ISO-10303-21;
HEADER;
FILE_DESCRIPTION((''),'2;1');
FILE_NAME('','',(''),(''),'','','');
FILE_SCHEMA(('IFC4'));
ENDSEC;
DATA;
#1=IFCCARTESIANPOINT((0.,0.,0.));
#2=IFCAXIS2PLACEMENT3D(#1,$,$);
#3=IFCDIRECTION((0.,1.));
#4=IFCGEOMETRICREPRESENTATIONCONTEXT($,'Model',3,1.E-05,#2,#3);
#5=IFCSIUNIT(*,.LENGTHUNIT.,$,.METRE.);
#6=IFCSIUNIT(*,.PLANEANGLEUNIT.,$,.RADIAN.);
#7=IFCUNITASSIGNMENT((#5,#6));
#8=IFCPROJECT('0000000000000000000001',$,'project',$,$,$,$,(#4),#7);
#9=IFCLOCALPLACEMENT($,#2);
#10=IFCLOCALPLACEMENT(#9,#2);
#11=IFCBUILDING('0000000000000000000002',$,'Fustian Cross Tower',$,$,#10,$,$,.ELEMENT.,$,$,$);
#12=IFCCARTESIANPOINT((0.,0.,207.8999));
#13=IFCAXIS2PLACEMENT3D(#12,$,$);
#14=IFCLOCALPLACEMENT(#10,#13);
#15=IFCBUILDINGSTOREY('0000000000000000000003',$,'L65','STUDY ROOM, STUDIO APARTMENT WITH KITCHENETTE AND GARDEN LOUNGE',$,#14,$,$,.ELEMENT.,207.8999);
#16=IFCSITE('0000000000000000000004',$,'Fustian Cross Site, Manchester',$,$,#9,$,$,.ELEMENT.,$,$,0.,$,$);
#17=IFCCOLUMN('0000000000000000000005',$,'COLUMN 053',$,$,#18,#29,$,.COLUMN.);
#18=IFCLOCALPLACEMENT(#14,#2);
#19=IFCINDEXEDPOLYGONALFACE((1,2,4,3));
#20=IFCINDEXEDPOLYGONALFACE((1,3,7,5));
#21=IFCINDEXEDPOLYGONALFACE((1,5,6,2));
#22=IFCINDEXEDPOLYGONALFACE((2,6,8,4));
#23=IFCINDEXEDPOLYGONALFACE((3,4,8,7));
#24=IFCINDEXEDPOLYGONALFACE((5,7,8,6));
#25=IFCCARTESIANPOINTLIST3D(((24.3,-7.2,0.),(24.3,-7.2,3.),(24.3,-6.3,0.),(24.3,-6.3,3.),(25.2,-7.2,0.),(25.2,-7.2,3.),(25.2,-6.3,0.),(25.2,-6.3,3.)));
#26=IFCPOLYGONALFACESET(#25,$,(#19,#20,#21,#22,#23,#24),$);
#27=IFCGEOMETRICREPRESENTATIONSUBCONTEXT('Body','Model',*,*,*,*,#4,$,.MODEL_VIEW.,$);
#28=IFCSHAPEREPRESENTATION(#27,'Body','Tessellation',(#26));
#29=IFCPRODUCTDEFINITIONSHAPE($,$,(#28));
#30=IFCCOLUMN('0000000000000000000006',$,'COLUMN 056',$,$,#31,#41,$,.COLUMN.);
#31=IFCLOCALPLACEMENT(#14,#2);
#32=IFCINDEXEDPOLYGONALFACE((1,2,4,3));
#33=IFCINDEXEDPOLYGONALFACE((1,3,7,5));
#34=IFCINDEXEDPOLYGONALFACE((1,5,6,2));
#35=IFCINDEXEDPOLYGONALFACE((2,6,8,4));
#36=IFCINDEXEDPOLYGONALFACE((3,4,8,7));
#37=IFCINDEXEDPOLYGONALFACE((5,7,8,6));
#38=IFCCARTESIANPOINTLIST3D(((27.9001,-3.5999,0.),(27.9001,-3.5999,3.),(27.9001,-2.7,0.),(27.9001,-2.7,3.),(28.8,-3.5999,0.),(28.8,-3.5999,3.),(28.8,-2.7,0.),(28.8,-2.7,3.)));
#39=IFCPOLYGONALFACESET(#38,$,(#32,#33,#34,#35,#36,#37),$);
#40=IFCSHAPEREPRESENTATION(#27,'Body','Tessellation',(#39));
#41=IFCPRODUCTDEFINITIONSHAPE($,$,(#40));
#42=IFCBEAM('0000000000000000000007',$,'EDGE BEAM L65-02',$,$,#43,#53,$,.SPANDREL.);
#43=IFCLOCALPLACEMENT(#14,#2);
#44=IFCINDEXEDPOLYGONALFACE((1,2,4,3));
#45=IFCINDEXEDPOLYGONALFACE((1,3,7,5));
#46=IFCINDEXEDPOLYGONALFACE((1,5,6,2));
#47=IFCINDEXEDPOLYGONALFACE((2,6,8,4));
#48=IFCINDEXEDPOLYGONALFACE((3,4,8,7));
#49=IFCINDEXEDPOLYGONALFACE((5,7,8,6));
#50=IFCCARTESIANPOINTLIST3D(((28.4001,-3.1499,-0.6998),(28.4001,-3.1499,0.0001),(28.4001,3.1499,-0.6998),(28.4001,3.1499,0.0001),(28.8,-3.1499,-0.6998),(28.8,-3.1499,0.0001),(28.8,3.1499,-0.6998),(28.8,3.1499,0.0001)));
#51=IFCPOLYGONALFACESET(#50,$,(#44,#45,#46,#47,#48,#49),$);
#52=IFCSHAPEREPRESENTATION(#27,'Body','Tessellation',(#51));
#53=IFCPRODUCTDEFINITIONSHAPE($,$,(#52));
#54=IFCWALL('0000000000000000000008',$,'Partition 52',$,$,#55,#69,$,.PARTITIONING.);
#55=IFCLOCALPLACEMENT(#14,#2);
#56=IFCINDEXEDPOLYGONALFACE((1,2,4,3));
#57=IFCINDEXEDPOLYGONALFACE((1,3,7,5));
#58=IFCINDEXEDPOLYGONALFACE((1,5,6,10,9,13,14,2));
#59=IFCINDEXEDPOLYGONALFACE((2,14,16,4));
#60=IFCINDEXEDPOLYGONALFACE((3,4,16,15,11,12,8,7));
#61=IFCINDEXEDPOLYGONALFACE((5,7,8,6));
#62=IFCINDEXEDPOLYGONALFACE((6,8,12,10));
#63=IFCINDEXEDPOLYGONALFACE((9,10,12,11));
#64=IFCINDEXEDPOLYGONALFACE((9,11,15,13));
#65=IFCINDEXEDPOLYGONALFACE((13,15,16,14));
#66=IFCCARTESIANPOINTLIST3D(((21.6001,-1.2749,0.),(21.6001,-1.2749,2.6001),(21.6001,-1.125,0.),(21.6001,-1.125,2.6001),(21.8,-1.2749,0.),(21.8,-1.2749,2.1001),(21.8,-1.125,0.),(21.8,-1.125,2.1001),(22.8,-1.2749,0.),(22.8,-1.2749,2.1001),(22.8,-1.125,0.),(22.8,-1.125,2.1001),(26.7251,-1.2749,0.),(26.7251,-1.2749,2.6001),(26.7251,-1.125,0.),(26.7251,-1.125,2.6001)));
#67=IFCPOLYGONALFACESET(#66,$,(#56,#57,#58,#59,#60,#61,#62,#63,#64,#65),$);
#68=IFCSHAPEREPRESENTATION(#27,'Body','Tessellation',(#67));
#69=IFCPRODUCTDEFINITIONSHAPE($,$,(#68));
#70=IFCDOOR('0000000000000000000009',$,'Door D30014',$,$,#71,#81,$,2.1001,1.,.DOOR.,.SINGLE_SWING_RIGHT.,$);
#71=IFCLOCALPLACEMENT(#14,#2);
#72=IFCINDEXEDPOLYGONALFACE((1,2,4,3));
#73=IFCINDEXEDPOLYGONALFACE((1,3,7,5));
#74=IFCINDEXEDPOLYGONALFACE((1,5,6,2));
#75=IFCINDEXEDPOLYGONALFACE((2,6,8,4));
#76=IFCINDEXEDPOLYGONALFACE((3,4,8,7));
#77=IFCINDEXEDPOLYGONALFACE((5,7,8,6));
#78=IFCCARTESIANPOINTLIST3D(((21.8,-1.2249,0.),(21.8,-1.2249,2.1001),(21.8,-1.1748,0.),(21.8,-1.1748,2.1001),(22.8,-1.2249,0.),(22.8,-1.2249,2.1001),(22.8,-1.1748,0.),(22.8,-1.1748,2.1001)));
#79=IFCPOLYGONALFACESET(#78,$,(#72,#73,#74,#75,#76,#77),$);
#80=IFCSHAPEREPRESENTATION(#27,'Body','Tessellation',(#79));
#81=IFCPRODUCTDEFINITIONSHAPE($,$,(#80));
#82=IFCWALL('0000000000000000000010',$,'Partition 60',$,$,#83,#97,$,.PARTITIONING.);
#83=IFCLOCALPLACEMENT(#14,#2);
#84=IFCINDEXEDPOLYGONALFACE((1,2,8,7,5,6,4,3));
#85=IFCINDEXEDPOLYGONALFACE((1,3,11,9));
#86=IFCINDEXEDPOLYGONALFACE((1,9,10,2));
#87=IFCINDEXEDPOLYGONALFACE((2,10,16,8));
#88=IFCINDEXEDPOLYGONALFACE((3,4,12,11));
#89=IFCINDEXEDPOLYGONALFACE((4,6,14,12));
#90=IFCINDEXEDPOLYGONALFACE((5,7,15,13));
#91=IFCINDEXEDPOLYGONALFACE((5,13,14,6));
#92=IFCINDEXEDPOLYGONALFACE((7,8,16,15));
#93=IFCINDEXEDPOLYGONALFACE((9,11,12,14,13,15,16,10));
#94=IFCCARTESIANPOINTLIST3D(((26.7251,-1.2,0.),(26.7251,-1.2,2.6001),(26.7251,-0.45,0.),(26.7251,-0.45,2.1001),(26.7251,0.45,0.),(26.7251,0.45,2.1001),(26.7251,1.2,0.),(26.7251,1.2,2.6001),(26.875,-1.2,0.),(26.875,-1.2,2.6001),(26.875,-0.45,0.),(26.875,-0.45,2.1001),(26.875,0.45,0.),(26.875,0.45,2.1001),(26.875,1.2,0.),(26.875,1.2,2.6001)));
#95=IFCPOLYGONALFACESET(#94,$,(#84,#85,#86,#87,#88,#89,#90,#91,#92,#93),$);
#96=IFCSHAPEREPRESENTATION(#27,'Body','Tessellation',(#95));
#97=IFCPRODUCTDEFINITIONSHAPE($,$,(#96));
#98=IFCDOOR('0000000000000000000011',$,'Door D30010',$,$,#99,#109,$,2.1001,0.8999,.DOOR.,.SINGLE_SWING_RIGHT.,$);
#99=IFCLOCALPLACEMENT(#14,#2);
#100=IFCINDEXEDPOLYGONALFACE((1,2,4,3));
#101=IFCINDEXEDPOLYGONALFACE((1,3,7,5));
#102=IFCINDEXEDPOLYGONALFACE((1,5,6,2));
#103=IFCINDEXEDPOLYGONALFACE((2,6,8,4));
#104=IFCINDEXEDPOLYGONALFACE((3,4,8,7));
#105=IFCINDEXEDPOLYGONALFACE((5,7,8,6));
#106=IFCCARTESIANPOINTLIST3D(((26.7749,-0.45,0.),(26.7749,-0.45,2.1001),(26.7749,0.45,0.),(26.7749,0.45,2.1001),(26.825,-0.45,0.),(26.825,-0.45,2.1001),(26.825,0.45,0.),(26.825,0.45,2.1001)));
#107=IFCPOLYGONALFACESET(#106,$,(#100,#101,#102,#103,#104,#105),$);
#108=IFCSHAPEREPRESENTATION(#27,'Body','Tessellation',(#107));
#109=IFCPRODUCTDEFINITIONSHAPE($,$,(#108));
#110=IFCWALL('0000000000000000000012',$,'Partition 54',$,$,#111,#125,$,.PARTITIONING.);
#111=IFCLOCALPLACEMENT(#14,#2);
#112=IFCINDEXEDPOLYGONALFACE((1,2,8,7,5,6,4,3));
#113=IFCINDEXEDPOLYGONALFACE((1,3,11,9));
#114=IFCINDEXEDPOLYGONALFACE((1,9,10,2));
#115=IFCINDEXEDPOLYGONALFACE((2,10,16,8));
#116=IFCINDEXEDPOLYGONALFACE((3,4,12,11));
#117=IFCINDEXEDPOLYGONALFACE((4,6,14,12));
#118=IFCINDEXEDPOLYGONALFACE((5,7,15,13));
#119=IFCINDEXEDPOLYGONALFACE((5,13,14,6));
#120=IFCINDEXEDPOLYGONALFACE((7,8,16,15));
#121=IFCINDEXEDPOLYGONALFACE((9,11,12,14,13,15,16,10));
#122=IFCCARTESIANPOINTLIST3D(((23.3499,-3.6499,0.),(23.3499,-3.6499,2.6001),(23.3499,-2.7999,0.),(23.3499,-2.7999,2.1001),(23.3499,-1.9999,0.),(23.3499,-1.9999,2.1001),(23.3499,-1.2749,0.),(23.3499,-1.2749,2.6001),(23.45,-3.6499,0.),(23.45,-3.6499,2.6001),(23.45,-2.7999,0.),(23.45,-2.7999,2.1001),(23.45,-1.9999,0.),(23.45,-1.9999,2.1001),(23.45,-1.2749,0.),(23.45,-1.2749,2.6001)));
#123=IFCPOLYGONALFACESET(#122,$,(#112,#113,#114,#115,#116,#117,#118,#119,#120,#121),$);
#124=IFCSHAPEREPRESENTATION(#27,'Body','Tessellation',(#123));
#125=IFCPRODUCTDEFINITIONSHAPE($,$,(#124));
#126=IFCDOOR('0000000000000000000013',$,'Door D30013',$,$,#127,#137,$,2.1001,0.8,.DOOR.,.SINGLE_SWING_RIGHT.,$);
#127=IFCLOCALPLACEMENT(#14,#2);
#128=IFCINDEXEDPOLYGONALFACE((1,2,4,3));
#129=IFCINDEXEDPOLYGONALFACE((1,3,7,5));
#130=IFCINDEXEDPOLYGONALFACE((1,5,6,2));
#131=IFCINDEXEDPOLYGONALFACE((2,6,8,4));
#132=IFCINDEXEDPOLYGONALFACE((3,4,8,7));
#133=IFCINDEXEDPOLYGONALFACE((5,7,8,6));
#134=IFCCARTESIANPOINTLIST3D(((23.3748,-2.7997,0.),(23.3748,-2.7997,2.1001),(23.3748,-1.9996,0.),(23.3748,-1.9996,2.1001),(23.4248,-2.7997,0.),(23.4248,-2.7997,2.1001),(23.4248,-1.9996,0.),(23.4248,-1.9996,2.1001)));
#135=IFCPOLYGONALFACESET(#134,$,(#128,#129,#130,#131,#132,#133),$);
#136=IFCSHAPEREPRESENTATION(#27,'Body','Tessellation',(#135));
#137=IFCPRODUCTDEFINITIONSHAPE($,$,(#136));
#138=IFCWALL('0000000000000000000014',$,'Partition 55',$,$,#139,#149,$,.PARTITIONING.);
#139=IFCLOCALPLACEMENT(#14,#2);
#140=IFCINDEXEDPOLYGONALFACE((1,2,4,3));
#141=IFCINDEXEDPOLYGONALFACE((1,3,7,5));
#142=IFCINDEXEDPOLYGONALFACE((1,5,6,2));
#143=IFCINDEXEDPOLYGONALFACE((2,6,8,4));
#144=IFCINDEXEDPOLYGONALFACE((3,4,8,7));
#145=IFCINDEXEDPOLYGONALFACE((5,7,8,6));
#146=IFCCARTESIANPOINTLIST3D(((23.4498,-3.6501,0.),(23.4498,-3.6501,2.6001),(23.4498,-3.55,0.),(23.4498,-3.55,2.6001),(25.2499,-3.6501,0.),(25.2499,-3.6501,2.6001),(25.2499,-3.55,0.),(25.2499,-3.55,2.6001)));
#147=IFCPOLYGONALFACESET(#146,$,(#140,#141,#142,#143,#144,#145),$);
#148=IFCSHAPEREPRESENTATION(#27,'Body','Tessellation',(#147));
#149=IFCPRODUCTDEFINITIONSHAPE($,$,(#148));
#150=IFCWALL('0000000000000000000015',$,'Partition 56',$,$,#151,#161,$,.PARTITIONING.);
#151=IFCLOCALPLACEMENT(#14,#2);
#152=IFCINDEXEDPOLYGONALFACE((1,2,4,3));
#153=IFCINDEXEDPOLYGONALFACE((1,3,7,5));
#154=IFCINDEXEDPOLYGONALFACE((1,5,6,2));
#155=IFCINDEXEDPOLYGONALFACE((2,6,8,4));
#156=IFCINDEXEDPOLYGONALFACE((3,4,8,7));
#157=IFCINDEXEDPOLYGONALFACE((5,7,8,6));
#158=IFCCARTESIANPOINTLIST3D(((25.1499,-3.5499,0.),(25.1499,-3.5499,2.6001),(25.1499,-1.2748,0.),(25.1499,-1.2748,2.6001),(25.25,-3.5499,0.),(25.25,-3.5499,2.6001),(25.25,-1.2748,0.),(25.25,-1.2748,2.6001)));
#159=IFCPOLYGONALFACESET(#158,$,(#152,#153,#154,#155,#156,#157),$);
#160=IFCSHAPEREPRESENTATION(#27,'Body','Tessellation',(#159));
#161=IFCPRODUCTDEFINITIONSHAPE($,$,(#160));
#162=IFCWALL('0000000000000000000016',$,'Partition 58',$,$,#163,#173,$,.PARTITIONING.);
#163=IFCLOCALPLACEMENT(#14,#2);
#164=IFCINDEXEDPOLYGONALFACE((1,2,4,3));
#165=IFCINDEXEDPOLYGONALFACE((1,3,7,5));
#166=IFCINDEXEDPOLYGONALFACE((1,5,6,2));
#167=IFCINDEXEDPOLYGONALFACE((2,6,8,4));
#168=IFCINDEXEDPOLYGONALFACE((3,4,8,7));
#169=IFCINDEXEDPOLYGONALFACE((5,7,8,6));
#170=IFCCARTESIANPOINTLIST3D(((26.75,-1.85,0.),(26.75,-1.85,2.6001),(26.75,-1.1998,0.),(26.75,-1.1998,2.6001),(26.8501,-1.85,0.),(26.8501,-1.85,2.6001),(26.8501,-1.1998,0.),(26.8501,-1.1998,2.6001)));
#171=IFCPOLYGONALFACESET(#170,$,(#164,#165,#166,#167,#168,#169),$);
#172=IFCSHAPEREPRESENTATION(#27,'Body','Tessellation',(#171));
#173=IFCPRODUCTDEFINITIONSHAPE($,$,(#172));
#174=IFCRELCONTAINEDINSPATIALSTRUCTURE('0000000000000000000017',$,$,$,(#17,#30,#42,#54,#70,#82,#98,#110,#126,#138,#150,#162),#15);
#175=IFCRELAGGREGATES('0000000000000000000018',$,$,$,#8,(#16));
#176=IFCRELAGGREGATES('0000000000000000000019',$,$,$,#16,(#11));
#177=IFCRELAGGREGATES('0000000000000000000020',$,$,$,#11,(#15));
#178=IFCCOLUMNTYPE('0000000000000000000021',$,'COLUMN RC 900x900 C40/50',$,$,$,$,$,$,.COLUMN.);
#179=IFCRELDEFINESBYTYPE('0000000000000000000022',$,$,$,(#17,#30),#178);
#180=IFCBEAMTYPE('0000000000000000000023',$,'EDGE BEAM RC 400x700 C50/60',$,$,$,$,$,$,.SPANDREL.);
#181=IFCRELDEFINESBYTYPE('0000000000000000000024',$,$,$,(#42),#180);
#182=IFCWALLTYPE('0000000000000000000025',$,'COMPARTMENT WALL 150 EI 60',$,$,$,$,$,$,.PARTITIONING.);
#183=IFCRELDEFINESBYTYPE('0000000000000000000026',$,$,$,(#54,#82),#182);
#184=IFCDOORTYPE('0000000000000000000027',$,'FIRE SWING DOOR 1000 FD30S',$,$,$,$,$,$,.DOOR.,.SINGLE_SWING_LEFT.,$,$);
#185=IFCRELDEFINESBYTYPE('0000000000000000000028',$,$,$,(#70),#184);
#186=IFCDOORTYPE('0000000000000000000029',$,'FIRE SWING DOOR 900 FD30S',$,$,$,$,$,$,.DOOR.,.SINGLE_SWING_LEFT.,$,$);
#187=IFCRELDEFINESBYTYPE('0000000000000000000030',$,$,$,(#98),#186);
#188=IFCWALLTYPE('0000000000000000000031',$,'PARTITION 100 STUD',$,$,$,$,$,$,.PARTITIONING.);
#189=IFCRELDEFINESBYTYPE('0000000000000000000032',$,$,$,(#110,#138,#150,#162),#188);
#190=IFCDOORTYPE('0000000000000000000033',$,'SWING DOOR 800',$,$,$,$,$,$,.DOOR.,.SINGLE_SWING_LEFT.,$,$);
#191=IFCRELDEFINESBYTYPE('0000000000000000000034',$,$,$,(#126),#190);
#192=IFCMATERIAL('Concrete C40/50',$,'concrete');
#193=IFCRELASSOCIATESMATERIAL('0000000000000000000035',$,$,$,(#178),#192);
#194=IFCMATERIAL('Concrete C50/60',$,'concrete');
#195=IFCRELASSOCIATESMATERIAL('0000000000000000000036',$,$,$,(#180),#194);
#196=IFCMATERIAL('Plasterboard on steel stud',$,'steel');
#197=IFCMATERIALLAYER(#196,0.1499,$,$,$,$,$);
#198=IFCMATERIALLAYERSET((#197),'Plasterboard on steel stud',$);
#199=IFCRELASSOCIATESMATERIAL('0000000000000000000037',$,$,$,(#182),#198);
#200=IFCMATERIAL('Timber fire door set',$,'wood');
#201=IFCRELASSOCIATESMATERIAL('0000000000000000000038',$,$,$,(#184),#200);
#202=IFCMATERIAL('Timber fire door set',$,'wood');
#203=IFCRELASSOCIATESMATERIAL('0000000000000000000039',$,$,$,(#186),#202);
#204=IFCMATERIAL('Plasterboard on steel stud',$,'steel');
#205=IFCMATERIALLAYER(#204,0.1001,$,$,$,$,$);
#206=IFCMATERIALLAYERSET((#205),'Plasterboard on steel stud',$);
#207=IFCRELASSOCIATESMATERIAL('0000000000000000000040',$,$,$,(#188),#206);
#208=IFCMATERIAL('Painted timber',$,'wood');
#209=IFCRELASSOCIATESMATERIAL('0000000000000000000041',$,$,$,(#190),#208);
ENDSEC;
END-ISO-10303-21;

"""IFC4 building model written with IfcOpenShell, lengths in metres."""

from ifc_helpers import new_model, si_unit, direction, frame, frame_2d, origin, origin_2d, place, context, subcontext, project, spatial, rectangle, extrude, material, layer, layer_set, material_profile, profile_set, type_object, element, fill, save


model = new_model("IFC4")

# Units and contexts
model_context = context("Model", 3, precision=1e-05, world=origin(), true_north=direction((0.0, 1.0)))
body_context = subcontext(model_context, "Body", "Model", "MODEL_VIEW")
ifc_project = project(units=[si_unit("LENGTHUNIT", "METRE"), si_unit("PLANEANGLEUNIT", "RADIAN")], contexts=[model_context])

# Site, building, storey
site_placement = place(None, origin())
site = spatial("IfcSite", under=ifc_project, at=site_placement, Name="Fustian Cross Site, Manchester", CompositionType="ELEMENT", RefElevation=0.0)
building_placement = place(site_placement, origin())
building = spatial("IfcBuilding", under=site, at=building_placement, Name="Fustian Cross Tower", CompositionType="ELEMENT")
storey_placement = place(building_placement, frame((0.0, 0.0, 207.8999)))
storey = spatial("IfcBuildingStorey", under=building, at=storey_placement, Name="L65", Description="STUDY ROOM, STUDIO APARTMENT WITH KITCHENETTE AND GARDEN LOUNGE", CompositionType="ELEMENT", Elevation=207.8999)

# Columns
ifc_material_1 = material(Name="Concrete C40/50", Category="concrete")
ifc_material_profile_1 = material_profile(ifc_material_1, rectangle(XDim=0.8999, YDim=0.8999, at=origin_2d()), Name="RC 900x900")
ifc_profile_set_1 = profile_set([ifc_material_profile_1], Name="Concrete C40/50")
column_type = type_object("IfcColumnType", Name="COLUMN RC 900x900 C40/50", PredefinedType="COLUMN", material=ifc_profile_set_1)
for number, where, z_axis, x_axis, name in (
    (1, (24.75, -6.75, 0.0), (0.0, 0.0, 1.0), (1.0, 0.0, 0.0), "COLUMN 053"),
    (2, (28.3501, -3.1499, 0.0), (0.0, 0.0, 1.0), (1.0, 0.0, 0.0), "COLUMN 056"),
):
    element("IfcColumn", number, at=place(storey_placement, frame(where, z_axis=z_axis, x_axis=x_axis)), inside=storey, type_object=column_type, Name=name, PredefinedType="COLUMN", context=body_context, shape_type="SweptSolid", body=[
        extrude(rectangle(XDim=0.8999, YDim=0.8999, at=origin_2d()), origin(), (0.0, 0.0, 1.0), 3.0),
    ])

# Beam
ifc_material_2 = material(Name="Concrete C50/60", Category="concrete")
ifc_material_profile_2 = material_profile(ifc_material_2, rectangle(XDim=0.3999, YDim=0.7, at=origin_2d()), Name="RC 400x700")
ifc_profile_set_2 = profile_set([ifc_material_profile_2], Name="Concrete C50/60")
beam_type = type_object("IfcBeamType", Name="EDGE BEAM RC 400x700 C50/60", PredefinedType="SPANDREL", material=ifc_profile_set_2)
beam_placement = place(storey_placement, frame((28.6001, -3.1499, -0.3499), z_axis=(0.0, 1.0, 0.0), x_axis=(-1.0, 0.0, 0.0)))
element("IfcBeam", 3, at=beam_placement, inside=storey, type_object=beam_type, Name="EDGE BEAM L65-02", PredefinedType="SPANDREL", context=body_context, shape_type="SweptSolid", body=[
    extrude(rectangle(XDim=0.3999, YDim=0.7, at=origin_2d()), origin(), (0.0, 0.0, 1.0), 6.2998),
])

# Walls, openings, doors
ifc_material_3 = material(Name="Plasterboard on steel stud", Category="steel")
ifc_layer_1 = layer(ifc_material_3, 0.1499)
ifc_layer_set_1 = layer_set([ifc_layer_1], Name="Plasterboard on steel stud")
wall_type_1 = type_object("IfcWallType", Name="COMPARTMENT WALL 150 EI 60", PredefinedType="PARTITIONING", material=ifc_layer_set_1)
wall_1_placement = place(storey_placement, frame((21.6001, -1.2, 0.0), z_axis=(0.0, 0.0, 1.0), x_axis=(1.0, 0.0, 0.0)))
wall_1 = element("IfcWall", 4, at=wall_1_placement, inside=storey, type_object=wall_type_1, Name="Partition 52", PredefinedType="PARTITIONING", context=body_context, shape_type="SweptSolid", body=[
    extrude(rectangle(XDim=5.125, YDim=0.1499, at=frame_2d((2.5625, 0.0))), origin(), (0.0, 0.0, 1.0), 2.6001),
])
opening_1_placement = place(wall_1_placement, frame((0.2, 0.0, 0.0)))
opening_1 = element("IfcOpeningElement", 5, at=opening_1_placement, cuts=wall_1, PredefinedType="OPENING", context=body_context, shape_type="SweptSolid", body=[
    extrude(rectangle(XDim=1.0, YDim=2.1001, at=frame_2d((0.5, 1.05))), frame((0.0, 0.085, 0.0), z_axis=(0.0, -1.0, 0.0), x_axis=(1.0, 0.0, 0.0)), (0.0, 0.0, 1.0), 0.1699),
])
ifc_material_4 = material(Name="Timber fire door set", Category="wood")
door_type_1 = type_object("IfcDoorType", Name="FIRE SWING DOOR 1000 FD30S", OperationType="SINGLE_SWING_LEFT", PredefinedType="DOOR", material=ifc_material_4)
door_1_placement = place(opening_1_placement, frame((1.0, 0.0, 0.0), z_axis=(0.0, 0.0, 1.0), x_axis=(-1.0, 0.0, 0.0)))
door_1 = element("IfcDoor", 6, at=door_1_placement, inside=storey, type_object=door_type_1, Name="Door D30014", OperationType="SINGLE_SWING_RIGHT", OverallHeight=2.1001, OverallWidth=1.0, PredefinedType="DOOR", context=body_context, shape_type="SweptSolid", body=[
    extrude(rectangle(XDim=1.0, YDim=2.1001, at=frame_2d((0.5, 1.05))), frame((0.0, 0.0249, 0.0), z_axis=(0.0, -1.0, 0.0), x_axis=(1.0, 0.0, 0.0)), (0.0, 0.0, 1.0), 0.05),
])
fill(opening_1, door_1)
wall_2_placement = place(storey_placement, frame((26.8, -1.2, 0.0), z_axis=(0.0, 0.0, 1.0), x_axis=(0.0, 1.0, 0.0)))
wall_2 = element("IfcWall", 7, at=wall_2_placement, inside=storey, type_object=wall_type_1, Name="Partition 60", PredefinedType="PARTITIONING", context=body_context, shape_type="SweptSolid", body=[
    extrude(rectangle(XDim=2.3999, YDim=0.1499, at=frame_2d((1.2, 0.0))), origin(), (0.0, 0.0, 1.0), 2.6001),
])
opening_2_placement = place(wall_2_placement, frame((0.75, 0.0, 0.0)))
opening_2 = element("IfcOpeningElement", 8, at=opening_2_placement, cuts=wall_2, PredefinedType="OPENING", context=body_context, shape_type="SweptSolid", body=[
    extrude(rectangle(XDim=0.8999, YDim=2.1001, at=frame_2d((0.45, 1.05))), frame((0.0, 0.085, 0.0), z_axis=(0.0, -1.0, 0.0), x_axis=(1.0, 0.0, 0.0)), (0.0, 0.0, 1.0), 0.1699),
])
ifc_material_5 = material(Name="Timber fire door set", Category="wood")
door_type_2 = type_object("IfcDoorType", Name="FIRE SWING DOOR 900 FD30S", OperationType="SINGLE_SWING_LEFT", PredefinedType="DOOR", material=ifc_material_5)
door_2_placement = place(opening_2_placement, frame((0.8999, 0.0, 0.0), z_axis=(0.0, 0.0, 1.0), x_axis=(-1.0, 0.0, 0.0)))
door_2 = element("IfcDoor", 9, at=door_2_placement, inside=storey, type_object=door_type_2, Name="Door D30010", OperationType="SINGLE_SWING_RIGHT", OverallHeight=2.1001, OverallWidth=0.8999, PredefinedType="DOOR", context=body_context, shape_type="SweptSolid", body=[
    extrude(rectangle(XDim=0.8999, YDim=2.1001, at=frame_2d((0.45, 1.05))), frame((0.0, 0.0249, 0.0), z_axis=(0.0, -1.0, 0.0), x_axis=(1.0, 0.0, 0.0)), (0.0, 0.0, 1.0), 0.05),
])
fill(opening_2, door_2)
ifc_material_6 = material(Name="Plasterboard on steel stud", Category="steel")
ifc_layer_2 = layer(ifc_material_6, 0.1001)
ifc_layer_set_2 = layer_set([ifc_layer_2], Name="Plasterboard on steel stud")
wall_type_2 = type_object("IfcWallType", Name="PARTITION 100 STUD", PredefinedType="PARTITIONING", material=ifc_layer_set_2)
wall_3_placement = place(storey_placement, frame((23.3999, -3.6499, 0.0), z_axis=(0.0, 0.0, 1.0), x_axis=(0.0, 1.0, 0.0)))
wall_3 = element("IfcWall", 10, at=wall_3_placement, inside=storey, type_object=wall_type_2, Name="Partition 54", PredefinedType="PARTITIONING", context=body_context, shape_type="SweptSolid", body=[
    extrude(rectangle(XDim=2.375, YDim=0.1001, at=frame_2d((1.1875, 0.0))), origin(), (0.0, 0.0, 1.0), 2.6001),
])
opening_3_placement = place(wall_3_placement, frame((0.8501, 0.0, 0.0)))
opening_3 = element("IfcOpeningElement", 11, at=opening_3_placement, cuts=wall_3, PredefinedType="OPENING", context=body_context, shape_type="SweptSolid", body=[
    extrude(rectangle(XDim=0.8, YDim=2.1001, at=frame_2d((0.3999, 1.05))), frame((0.0, 0.0601, 0.0), z_axis=(0.0, -1.0, 0.0), x_axis=(1.0, 0.0, 0.0)), (0.0, 0.0, 1.0), 0.1201),
])
ifc_material_7 = material(Name="Painted timber", Category="wood")
door_type_3 = type_object("IfcDoorType", Name="SWING DOOR 800", OperationType="SINGLE_SWING_LEFT", PredefinedType="DOOR", material=ifc_material_7)
door_3_placement = place(opening_3_placement, frame((0.8, 0.0, 0.0), z_axis=(0.0, 0.0, 1.0), x_axis=(-1.0, 0.0, 0.0)))
door_3 = element("IfcDoor", 12, at=door_3_placement, inside=storey, type_object=door_type_3, Name="Door D30013", OperationType="SINGLE_SWING_RIGHT", OverallHeight=2.1001, OverallWidth=0.8, PredefinedType="DOOR", context=body_context, shape_type="SweptSolid", body=[
    extrude(rectangle(XDim=0.8, YDim=2.1001, at=frame_2d((0.3999, 1.05))), frame((0.0, 0.0249, 0.0), z_axis=(0.0, -1.0, 0.0), x_axis=(1.0, 0.0, 0.0)), (0.0, 0.0, 1.0), 0.05),
])
fill(opening_3, door_3)

# Walls
wall_4_placement = place(storey_placement, frame((23.45, -3.6001, 0.0), z_axis=(0.0, 0.0, 1.0), x_axis=(1.0, 0.0, 0.0)))
element("IfcWall", 13, at=wall_4_placement, inside=storey, type_object=wall_type_2, Name="Partition 55", PredefinedType="PARTITIONING", context=body_context, shape_type="SweptSolid", body=[
    extrude(rectangle(XDim=1.8, YDim=0.1001, at=frame_2d((0.8999, 0.0))), origin(), (0.0, 0.0, 1.0), 2.6001),
])
wall_5_placement = place(storey_placement, frame((25.2, -3.55, 0.0), z_axis=(0.0, 0.0, 1.0), x_axis=(0.0, 1.0, 0.0)))
element("IfcWall", 14, at=wall_5_placement, inside=storey, type_object=wall_type_2, Name="Partition 56", PredefinedType="PARTITIONING", context=body_context, shape_type="SweptSolid", body=[
    extrude(rectangle(XDim=2.2751, YDim=0.1001, at=frame_2d((1.1377, 0.0))), origin(), (0.0, 0.0, 1.0), 2.6001),
])
wall_6_placement = place(storey_placement, frame((26.8, -1.8501, 0.0), z_axis=(0.0, 0.0, 1.0), x_axis=(0.0, 1.0, 0.0)))
element("IfcWall", 15, at=wall_6_placement, inside=storey, type_object=wall_type_2, Name="Partition 58", PredefinedType="PARTITIONING", context=body_context, shape_type="SweptSolid", body=[
    extrude(rectangle(XDim=0.6501, YDim=0.1001, at=frame_2d((0.3252, 0.0))), origin(), (0.0, 0.0, 1.0), 2.6001),
])

save(model, "model.ifc")
